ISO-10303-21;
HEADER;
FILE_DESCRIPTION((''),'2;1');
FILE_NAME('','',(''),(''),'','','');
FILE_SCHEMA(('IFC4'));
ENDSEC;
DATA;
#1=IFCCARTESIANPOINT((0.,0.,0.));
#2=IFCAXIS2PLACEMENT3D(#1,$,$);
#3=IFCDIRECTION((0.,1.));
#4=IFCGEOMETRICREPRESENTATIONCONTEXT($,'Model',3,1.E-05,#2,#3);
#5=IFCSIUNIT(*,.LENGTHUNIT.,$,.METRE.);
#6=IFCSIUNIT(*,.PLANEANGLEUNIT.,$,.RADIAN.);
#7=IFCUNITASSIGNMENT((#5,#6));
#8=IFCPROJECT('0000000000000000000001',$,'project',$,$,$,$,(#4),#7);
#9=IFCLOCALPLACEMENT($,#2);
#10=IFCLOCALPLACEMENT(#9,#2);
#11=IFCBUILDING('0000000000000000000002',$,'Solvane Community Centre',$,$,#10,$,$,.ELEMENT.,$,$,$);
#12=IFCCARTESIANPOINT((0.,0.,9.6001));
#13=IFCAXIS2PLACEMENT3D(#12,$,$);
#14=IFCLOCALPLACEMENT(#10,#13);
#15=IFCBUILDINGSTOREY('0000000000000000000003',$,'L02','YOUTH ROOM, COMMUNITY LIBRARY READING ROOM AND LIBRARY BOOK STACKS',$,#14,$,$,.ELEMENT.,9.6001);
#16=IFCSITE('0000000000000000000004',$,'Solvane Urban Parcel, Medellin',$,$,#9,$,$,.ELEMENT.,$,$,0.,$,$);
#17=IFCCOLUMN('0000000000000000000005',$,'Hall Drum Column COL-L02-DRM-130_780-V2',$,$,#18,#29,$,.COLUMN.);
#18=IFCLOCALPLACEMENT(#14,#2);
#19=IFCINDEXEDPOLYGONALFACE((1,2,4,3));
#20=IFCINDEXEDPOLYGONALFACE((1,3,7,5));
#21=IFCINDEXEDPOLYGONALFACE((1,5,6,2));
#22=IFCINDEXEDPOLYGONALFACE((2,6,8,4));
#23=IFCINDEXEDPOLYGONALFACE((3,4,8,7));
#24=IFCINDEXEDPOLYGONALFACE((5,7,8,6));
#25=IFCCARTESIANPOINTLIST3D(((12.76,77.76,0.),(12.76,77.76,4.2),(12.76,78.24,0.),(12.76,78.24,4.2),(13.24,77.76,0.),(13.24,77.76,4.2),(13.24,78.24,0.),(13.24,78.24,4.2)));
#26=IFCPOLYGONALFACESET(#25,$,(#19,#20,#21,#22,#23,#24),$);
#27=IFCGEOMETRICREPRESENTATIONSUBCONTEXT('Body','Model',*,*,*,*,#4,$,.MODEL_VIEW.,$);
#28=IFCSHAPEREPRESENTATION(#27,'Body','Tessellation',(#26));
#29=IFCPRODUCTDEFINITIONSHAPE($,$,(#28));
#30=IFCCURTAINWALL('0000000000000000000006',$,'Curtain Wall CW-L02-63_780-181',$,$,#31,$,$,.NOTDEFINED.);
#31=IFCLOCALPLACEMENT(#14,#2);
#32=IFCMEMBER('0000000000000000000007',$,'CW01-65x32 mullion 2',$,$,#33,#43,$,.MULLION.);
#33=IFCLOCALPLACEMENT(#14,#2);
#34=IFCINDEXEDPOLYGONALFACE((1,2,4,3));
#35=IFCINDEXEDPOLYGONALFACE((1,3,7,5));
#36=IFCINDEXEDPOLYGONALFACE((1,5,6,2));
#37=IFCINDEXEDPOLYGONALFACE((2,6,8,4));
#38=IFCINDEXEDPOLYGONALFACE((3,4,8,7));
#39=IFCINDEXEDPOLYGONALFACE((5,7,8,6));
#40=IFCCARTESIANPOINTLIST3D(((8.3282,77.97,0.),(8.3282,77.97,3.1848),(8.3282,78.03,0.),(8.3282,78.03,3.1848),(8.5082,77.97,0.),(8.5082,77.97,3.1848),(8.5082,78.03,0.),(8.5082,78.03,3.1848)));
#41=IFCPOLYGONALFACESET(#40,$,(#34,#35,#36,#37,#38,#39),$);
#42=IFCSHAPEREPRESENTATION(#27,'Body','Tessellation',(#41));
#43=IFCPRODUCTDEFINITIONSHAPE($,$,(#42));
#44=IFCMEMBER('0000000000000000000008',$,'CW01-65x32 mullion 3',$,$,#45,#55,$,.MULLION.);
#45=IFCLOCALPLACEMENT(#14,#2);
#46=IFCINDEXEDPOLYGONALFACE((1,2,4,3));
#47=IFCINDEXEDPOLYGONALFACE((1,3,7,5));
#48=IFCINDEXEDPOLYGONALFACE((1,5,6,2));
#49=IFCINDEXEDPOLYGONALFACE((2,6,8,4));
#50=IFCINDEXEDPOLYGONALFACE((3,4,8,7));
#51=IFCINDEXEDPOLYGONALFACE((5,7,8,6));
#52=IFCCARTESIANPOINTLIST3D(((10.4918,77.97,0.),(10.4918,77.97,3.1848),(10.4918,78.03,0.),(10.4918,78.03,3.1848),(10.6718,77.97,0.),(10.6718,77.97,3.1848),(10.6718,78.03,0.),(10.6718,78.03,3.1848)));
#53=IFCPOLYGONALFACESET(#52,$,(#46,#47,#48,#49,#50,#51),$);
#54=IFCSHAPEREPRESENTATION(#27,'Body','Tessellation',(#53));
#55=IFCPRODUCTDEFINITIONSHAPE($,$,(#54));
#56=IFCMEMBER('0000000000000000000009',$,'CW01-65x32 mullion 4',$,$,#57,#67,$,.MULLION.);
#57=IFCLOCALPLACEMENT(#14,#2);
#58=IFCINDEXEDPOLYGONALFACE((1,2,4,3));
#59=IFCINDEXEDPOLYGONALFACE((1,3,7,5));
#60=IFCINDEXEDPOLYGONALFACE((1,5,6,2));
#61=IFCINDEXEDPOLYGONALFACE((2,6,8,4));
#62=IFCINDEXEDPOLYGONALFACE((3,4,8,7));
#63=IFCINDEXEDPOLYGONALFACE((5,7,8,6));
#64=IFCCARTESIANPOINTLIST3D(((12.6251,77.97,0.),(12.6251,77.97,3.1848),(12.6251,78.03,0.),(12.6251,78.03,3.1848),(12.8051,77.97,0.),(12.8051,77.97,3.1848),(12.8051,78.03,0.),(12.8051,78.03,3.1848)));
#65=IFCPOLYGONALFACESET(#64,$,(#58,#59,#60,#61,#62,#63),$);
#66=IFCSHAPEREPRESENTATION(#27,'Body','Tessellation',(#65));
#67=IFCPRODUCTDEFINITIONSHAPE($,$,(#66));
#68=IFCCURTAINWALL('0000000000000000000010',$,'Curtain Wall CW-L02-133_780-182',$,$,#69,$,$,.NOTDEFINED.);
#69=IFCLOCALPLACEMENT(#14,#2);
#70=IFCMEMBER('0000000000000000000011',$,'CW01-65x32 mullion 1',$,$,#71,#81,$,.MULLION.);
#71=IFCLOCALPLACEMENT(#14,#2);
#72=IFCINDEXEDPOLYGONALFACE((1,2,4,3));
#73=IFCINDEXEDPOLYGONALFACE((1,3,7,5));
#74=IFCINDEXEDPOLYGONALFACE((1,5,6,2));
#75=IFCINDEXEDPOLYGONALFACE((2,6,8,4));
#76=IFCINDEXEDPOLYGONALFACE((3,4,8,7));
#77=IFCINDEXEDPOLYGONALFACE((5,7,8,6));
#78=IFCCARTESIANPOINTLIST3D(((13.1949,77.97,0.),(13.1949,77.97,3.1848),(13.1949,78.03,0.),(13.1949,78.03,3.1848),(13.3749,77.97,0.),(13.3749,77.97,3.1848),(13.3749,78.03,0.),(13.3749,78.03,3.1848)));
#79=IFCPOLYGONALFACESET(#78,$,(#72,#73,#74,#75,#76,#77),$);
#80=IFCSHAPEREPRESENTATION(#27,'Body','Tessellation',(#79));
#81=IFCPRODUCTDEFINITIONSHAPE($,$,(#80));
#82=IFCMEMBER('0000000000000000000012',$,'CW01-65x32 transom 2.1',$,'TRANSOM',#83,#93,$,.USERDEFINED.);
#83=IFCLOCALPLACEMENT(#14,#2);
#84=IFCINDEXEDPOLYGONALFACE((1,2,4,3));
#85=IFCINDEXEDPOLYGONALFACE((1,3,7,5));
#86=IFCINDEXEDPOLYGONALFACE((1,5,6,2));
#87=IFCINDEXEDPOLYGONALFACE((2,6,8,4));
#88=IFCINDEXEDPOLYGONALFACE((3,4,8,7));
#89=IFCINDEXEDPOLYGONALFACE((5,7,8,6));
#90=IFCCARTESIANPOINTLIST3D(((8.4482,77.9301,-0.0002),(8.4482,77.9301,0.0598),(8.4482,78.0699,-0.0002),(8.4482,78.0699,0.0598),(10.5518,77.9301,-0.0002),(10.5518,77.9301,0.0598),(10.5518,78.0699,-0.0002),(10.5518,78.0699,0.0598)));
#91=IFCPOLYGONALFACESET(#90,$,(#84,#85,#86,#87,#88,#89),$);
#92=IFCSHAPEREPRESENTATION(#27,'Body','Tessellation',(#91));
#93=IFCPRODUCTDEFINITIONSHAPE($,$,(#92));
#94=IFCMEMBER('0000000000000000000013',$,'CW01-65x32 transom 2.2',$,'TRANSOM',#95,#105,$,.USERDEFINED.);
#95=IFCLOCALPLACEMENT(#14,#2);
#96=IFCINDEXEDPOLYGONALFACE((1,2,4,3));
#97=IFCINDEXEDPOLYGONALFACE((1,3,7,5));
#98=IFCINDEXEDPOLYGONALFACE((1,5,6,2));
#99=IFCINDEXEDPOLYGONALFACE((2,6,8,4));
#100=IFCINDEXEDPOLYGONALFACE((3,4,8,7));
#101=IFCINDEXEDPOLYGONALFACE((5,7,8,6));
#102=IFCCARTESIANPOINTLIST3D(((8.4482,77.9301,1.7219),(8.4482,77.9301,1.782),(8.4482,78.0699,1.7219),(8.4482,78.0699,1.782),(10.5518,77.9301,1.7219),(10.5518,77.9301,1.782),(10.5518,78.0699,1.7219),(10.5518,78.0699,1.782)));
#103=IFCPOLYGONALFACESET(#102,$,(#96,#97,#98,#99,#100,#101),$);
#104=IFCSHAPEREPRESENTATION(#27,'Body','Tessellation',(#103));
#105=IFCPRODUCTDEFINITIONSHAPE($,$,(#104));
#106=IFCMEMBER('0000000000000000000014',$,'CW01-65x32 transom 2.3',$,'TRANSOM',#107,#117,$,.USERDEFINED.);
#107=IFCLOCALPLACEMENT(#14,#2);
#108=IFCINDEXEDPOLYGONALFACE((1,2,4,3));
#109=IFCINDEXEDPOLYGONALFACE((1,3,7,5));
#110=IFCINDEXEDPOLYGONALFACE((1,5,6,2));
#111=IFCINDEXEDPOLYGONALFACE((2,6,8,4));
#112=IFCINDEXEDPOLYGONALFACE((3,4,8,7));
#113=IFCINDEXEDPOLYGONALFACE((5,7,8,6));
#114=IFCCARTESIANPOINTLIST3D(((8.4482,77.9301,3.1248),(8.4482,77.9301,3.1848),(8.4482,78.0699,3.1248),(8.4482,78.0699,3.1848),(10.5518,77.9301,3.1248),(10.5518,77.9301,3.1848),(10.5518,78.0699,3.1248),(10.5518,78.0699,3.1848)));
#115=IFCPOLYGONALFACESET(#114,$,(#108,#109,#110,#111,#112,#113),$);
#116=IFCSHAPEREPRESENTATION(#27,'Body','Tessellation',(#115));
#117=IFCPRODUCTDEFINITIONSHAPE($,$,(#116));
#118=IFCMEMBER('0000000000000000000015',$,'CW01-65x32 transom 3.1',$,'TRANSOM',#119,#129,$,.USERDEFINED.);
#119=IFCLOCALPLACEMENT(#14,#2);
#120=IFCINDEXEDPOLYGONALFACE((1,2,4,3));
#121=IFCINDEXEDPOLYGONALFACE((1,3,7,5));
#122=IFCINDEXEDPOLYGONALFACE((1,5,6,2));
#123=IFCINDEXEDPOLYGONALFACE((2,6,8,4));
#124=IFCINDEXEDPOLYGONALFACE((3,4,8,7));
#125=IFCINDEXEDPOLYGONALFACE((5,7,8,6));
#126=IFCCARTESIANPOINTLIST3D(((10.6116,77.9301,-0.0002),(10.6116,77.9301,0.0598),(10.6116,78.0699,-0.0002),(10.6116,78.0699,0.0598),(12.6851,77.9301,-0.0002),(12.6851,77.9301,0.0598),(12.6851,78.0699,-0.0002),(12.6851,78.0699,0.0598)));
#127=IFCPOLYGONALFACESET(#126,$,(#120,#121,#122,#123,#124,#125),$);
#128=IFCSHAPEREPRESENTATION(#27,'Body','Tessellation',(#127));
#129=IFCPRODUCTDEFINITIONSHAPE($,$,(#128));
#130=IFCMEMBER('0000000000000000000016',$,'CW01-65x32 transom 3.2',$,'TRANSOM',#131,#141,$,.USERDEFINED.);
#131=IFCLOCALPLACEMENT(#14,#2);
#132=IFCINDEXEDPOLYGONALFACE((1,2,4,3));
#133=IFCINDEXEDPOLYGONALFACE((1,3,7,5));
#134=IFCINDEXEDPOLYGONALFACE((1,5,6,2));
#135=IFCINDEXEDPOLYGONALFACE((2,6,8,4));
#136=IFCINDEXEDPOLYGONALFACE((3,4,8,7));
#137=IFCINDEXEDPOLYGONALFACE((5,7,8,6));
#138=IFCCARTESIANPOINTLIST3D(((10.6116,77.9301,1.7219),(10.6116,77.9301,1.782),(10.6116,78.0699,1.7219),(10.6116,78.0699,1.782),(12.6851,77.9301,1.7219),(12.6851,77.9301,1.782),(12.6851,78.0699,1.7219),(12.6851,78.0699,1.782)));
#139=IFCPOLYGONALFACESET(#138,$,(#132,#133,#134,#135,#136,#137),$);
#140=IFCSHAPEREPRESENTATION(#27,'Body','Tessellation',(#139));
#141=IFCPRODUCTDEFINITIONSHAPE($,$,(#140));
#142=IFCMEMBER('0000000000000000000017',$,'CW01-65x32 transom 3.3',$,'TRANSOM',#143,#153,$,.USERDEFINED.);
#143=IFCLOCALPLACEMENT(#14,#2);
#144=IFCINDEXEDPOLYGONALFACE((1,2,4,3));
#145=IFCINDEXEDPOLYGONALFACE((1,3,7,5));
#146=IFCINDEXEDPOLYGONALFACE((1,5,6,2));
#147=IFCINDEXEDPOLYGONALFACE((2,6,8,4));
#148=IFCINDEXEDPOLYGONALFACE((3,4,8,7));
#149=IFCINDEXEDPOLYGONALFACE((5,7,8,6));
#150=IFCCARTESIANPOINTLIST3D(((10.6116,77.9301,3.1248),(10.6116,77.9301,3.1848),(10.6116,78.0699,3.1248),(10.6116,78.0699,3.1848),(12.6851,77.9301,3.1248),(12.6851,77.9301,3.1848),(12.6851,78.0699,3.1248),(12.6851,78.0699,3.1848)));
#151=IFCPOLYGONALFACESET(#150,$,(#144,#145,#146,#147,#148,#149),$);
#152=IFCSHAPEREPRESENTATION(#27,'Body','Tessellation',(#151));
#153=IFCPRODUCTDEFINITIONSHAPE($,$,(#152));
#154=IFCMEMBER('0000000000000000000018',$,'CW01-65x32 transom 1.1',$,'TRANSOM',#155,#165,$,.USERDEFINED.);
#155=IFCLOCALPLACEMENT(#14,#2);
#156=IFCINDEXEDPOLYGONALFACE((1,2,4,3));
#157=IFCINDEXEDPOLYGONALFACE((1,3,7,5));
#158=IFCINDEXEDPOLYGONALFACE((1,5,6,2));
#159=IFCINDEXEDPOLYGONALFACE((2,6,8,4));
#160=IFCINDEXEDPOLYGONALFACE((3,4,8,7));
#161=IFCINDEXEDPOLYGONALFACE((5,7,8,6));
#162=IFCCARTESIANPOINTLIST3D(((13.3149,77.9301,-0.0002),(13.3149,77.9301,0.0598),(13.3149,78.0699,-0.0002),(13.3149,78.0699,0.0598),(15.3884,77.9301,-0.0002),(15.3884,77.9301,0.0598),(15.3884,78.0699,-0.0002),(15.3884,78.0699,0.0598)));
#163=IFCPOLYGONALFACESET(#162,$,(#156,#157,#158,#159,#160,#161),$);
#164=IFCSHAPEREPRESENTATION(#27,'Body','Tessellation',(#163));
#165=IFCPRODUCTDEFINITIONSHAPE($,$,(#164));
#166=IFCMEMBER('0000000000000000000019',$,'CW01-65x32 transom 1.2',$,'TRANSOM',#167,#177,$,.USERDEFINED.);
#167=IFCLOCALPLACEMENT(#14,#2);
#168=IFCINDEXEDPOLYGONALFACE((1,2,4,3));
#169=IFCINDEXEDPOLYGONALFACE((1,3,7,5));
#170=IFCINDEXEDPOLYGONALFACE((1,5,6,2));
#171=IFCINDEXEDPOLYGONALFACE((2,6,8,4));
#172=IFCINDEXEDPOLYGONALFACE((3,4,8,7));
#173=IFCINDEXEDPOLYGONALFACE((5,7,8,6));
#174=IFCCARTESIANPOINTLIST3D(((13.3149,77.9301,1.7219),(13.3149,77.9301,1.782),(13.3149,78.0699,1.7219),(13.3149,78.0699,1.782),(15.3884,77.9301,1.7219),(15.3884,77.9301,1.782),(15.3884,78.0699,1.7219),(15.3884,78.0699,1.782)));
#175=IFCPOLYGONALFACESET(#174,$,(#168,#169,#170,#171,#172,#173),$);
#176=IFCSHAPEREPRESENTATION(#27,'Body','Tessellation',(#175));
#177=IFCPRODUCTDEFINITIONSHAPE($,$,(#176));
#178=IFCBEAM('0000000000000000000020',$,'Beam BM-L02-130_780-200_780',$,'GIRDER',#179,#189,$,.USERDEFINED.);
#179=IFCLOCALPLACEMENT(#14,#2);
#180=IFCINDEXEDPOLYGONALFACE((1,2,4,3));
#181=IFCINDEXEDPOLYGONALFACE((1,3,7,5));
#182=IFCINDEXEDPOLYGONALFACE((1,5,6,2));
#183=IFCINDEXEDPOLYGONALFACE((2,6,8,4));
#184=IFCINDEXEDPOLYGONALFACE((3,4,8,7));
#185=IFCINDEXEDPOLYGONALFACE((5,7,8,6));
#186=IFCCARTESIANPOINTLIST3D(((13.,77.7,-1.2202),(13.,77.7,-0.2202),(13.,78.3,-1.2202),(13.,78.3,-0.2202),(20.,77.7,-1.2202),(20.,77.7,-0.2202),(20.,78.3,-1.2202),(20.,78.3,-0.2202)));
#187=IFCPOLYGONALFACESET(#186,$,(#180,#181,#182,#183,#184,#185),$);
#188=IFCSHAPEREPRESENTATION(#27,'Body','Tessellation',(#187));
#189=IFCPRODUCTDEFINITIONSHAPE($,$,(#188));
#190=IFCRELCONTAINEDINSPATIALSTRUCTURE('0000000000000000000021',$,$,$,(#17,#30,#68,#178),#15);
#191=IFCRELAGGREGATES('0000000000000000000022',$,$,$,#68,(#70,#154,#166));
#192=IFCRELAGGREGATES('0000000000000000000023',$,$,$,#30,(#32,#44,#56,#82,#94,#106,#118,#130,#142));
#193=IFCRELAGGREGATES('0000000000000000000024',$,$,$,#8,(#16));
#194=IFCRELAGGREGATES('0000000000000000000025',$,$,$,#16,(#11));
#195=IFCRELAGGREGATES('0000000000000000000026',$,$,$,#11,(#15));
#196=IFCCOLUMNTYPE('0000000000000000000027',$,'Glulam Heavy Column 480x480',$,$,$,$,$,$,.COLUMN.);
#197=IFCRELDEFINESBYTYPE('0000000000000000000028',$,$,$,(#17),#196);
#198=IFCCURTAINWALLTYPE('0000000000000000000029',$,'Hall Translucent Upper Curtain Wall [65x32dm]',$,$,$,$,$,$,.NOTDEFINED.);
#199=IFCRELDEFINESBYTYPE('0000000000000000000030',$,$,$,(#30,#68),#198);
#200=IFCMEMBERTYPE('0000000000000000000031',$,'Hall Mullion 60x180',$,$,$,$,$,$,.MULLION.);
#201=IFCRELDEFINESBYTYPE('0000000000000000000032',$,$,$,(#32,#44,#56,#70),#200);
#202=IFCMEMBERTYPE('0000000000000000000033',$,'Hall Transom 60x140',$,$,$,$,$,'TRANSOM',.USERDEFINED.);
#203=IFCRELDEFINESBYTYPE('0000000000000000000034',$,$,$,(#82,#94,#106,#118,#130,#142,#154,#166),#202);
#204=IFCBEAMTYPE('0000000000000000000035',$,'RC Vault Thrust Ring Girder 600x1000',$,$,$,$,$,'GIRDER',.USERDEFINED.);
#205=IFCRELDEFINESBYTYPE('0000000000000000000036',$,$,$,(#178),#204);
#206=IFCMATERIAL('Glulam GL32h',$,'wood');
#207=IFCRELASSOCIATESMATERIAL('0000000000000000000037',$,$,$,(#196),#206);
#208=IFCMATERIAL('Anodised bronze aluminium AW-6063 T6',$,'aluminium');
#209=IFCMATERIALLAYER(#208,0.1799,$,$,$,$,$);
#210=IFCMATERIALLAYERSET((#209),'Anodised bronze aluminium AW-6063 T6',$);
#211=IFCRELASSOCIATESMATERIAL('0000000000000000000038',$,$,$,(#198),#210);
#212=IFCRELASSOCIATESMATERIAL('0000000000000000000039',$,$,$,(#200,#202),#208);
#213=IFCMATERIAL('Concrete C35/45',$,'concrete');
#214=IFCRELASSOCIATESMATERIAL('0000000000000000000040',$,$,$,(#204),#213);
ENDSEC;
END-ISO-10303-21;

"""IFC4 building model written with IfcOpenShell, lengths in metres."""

from ifc_helpers import new_model, si_unit, direction, frame, origin, origin_2d, place, context, subcontext, project, spatial, rectangle, extrude, material, layer, layer_set, material_profile, profile_set, type_object, element, aggregate, save


model = new_model("IFC4")

# Units and contexts
model_context = context("Model", 3, precision=1e-05, world=origin(), true_north=direction((0.0, 1.0)))
body_context = subcontext(model_context, "Body", "Model", "MODEL_VIEW")
ifc_project = project(units=[si_unit("LENGTHUNIT", "METRE"), si_unit("PLANEANGLEUNIT", "RADIAN")], contexts=[model_context])

# Site, building, storey
site_placement = place(None, origin())
site = spatial("IfcSite", under=ifc_project, at=site_placement, Name="Solvane Urban Parcel, Medellin", CompositionType="ELEMENT", RefElevation=0.0)
building_placement = place(site_placement, origin())
building = spatial("IfcBuilding", under=site, at=building_placement, Name="Solvane Community Centre", CompositionType="ELEMENT")
storey_placement = place(building_placement, frame((0.0, 0.0, 9.6001)))
storey = spatial("IfcBuildingStorey", under=building, at=storey_placement, Name="L02", Description="YOUTH ROOM, COMMUNITY LIBRARY READING ROOM AND LIBRARY BOOK STACKS", CompositionType="ELEMENT", Elevation=9.6001)

# Column
ifc_material_1 = material(Name="Glulam GL32h", Category="wood")
ifc_material_profile_1 = material_profile(ifc_material_1, rectangle(XDim=0.48, YDim=0.48, at=origin_2d()), Name="GL32h 480x480")
ifc_profile_set_1 = profile_set([ifc_material_profile_1], Name="Glulam GL32h")
column_type = type_object("IfcColumnType", Name="Glulam Heavy Column 480x480", PredefinedType="COLUMN", material=ifc_profile_set_1)
column_placement = place(storey_placement, frame((13.0, 78.0, 0.0), z_axis=(0.0, 0.0, 1.0), x_axis=(1.0, 0.0, 0.0)))
element("IfcColumn", 1, at=column_placement, inside=storey, type_object=column_type, Name="Hall Drum Column COL-L02-DRM-130_780-V2", PredefinedType="COLUMN", context=body_context, shape_type="SweptSolid", body=[
    extrude(rectangle(XDim=0.48, YDim=0.48, at=origin_2d()), origin(), (0.0, 0.0, 1.0), 4.2),
])

# Curtain wall, members
ifc_material_2 = material(Name="Anodised bronze aluminium AW-6063 T6", Category="aluminium")
ifc_layer_1 = layer(ifc_material_2, 0.1799)
ifc_layer_set_1 = layer_set([ifc_layer_1], Name="Anodised bronze aluminium AW-6063 T6")
curtain_wall_type = type_object("IfcCurtainWallType", Name="Hall Translucent Upper Curtain Wall [65x32dm]", PredefinedType="NOTDEFINED", material=ifc_layer_set_1)
curtain_wall_1_placement = place(storey_placement, origin())
curtain_wall_1 = element("IfcCurtainWall", 2, at=curtain_wall_1_placement, inside=storey, type_object=curtain_wall_type, Name="Curtain Wall CW-L02-63_780-181", PredefinedType="NOTDEFINED")
ifc_material_profile_2 = material_profile(ifc_material_2, rectangle(XDim=0.0601, YDim=0.1799, at=origin_2d()), Name="CW-M 60x180")
ifc_profile_set_2 = profile_set([ifc_material_profile_2], Name="Anodised bronze aluminium AW-6063 T6")
member_type_1 = type_object("IfcMemberType", Name="Hall Mullion 60x180", PredefinedType="MULLION", material=ifc_profile_set_2)
member_1_placement = place(storey_placement, frame((8.4182, 78.0, 0.0), z_axis=(0.0, 0.0, 1.0), x_axis=(0.0, 1.0, 0.0)))
member_1 = element("IfcMember", 3, at=member_1_placement, type_object=member_type_1, Name="CW01-65x32 mullion 2", PredefinedType="MULLION", context=body_context, shape_type="SweptSolid", body=[
    extrude(rectangle(XDim=0.0601, YDim=0.1799, at=origin_2d()), origin(), (0.0, 0.0, 1.0), 3.1848),
])
member_2_placement = place(storey_placement, frame((10.5818, 78.0, 0.0), z_axis=(0.0, 0.0, 1.0), x_axis=(0.0, 1.0, 0.0)))
member_2 = element("IfcMember", 4, at=member_2_placement, type_object=member_type_1, Name="CW01-65x32 mullion 3", PredefinedType="MULLION", context=body_context, shape_type="SweptSolid", body=[
    extrude(rectangle(XDim=0.0601, YDim=0.1799, at=origin_2d()), origin(), (0.0, 0.0, 1.0), 3.1848),
])
member_3_placement = place(storey_placement, frame((12.7151, 78.0, 0.0), z_axis=(0.0, 0.0, 1.0), x_axis=(0.0, 1.0, 0.0)))
member_3 = element("IfcMember", 5, at=member_3_placement, type_object=member_type_1, Name="CW01-65x32 mullion 4", PredefinedType="MULLION", context=body_context, shape_type="SweptSolid", body=[
    extrude(rectangle(XDim=0.0601, YDim=0.1799, at=origin_2d()), origin(), (0.0, 0.0, 1.0), 3.1848),
])

# Curtain wall, member
curtain_wall_2_placement = place(storey_placement, origin())
curtain_wall_2 = element("IfcCurtainWall", 6, at=curtain_wall_2_placement, inside=storey, type_object=curtain_wall_type, Name="Curtain Wall CW-L02-133_780-182", PredefinedType="NOTDEFINED")
member_4_placement = place(storey_placement, frame((13.2849, 78.0, 0.0), z_axis=(0.0, 0.0, 1.0), x_axis=(0.0, 1.0, 0.0)))
member_4 = element("IfcMember", 7, at=member_4_placement, type_object=member_type_1, Name="CW01-65x32 mullion 1", PredefinedType="MULLION", context=body_context, shape_type="SweptSolid", body=[
    extrude(rectangle(XDim=0.0601, YDim=0.1799, at=origin_2d()), origin(), (0.0, 0.0, 1.0), 3.1848),
])

# Members
ifc_material_profile_3 = material_profile(ifc_material_2, rectangle(XDim=0.1399, YDim=0.0601, at=origin_2d()), Name="CW-T 60x140")
ifc_profile_set_3 = profile_set([ifc_material_profile_3], Name="Anodised bronze aluminium AW-6063 T6")
member_type_2 = type_object("IfcMemberType", Name="Hall Transom 60x140", ElementType="TRANSOM", PredefinedType="USERDEFINED", material=ifc_profile_set_3)
member_5_placement = place(storey_placement, frame((8.4482, 78.0, 0.0298), z_axis=(1.0, 0.0, 0.0), x_axis=(0.0, 1.0, 0.0)))
member_5 = element("IfcMember", 8, at=member_5_placement, type_object=member_type_2, Name="CW01-65x32 transom 2.1", ObjectType="TRANSOM", PredefinedType="USERDEFINED", context=body_context, shape_type="SweptSolid", body=[
    extrude(rectangle(XDim=0.1399, YDim=0.0601, at=origin_2d()), origin(), (0.0, 0.0, 1.0), 2.1035),
])
member_6_placement = place(storey_placement, frame((8.4482, 78.0, 1.752), z_axis=(1.0, 0.0, 0.0), x_axis=(0.0, 1.0, 0.0)))
member_6 = element("IfcMember", 9, at=member_6_placement, type_object=member_type_2, Name="CW01-65x32 transom 2.2", ObjectType="TRANSOM", PredefinedType="USERDEFINED", context=body_context, shape_type="SweptSolid", body=[
    extrude(rectangle(XDim=0.1399, YDim=0.0601, at=origin_2d()), origin(), (0.0, 0.0, 1.0), 2.1035),
])
member_7_placement = place(storey_placement, frame((8.4482, 78.0, 3.1548), z_axis=(1.0, 0.0, 0.0), x_axis=(0.0, 1.0, 0.0)))
member_7 = element("IfcMember", 10, at=member_7_placement, type_object=member_type_2, Name="CW01-65x32 transom 2.3", ObjectType="TRANSOM", PredefinedType="USERDEFINED", context=body_context, shape_type="SweptSolid", body=[
    extrude(rectangle(XDim=0.1399, YDim=0.0601, at=origin_2d()), origin(), (0.0, 0.0, 1.0), 2.1035),
])
member_8_placement = place(storey_placement, frame((10.6116, 78.0, 0.0298), z_axis=(1.0, 0.0, 0.0), x_axis=(0.0, 1.0, 0.0)))
member_8 = element("IfcMember", 11, at=member_8_placement, type_object=member_type_2, Name="CW01-65x32 transom 3.1", ObjectType="TRANSOM", PredefinedType="USERDEFINED", context=body_context, shape_type="SweptSolid", body=[
    extrude(rectangle(XDim=0.1399, YDim=0.0601, at=origin_2d()), origin(), (0.0, 0.0, 1.0), 2.0735),
])
member_9_placement = place(storey_placement, frame((10.6116, 78.0, 1.752), z_axis=(1.0, 0.0, 0.0), x_axis=(0.0, 1.0, 0.0)))
member_9 = element("IfcMember", 12, at=member_9_placement, type_object=member_type_2, Name="CW01-65x32 transom 3.2", ObjectType="TRANSOM", PredefinedType="USERDEFINED", context=body_context, shape_type="SweptSolid", body=[
    extrude(rectangle(XDim=0.1399, YDim=0.0601, at=origin_2d()), origin(), (0.0, 0.0, 1.0), 2.0735),
])
member_10_placement = place(storey_placement, frame((10.6116, 78.0, 3.1548), z_axis=(1.0, 0.0, 0.0), x_axis=(0.0, 1.0, 0.0)))
member_10 = element("IfcMember", 13, at=member_10_placement, type_object=member_type_2, Name="CW01-65x32 transom 3.3", ObjectType="TRANSOM", PredefinedType="USERDEFINED", context=body_context, shape_type="SweptSolid", body=[
    extrude(rectangle(XDim=0.1399, YDim=0.0601, at=origin_2d()), origin(), (0.0, 0.0, 1.0), 2.0735),
])
member_11_placement = place(storey_placement, frame((13.3149, 78.0, 0.0298), z_axis=(1.0, 0.0, 0.0), x_axis=(0.0, 1.0, 0.0)))
member_11 = element("IfcMember", 14, at=member_11_placement, type_object=member_type_2, Name="CW01-65x32 transom 1.1", ObjectType="TRANSOM", PredefinedType="USERDEFINED", context=body_context, shape_type="SweptSolid", body=[
    extrude(rectangle(XDim=0.1399, YDim=0.0601, at=origin_2d()), origin(), (0.0, 0.0, 1.0), 2.0735),
])
member_12_placement = place(storey_placement, frame((13.3149, 78.0, 1.752), z_axis=(1.0, 0.0, 0.0), x_axis=(0.0, 1.0, 0.0)))
member_12 = element("IfcMember", 15, at=member_12_placement, type_object=member_type_2, Name="CW01-65x32 transom 1.2", ObjectType="TRANSOM", PredefinedType="USERDEFINED", context=body_context, shape_type="SweptSolid", body=[
    extrude(rectangle(XDim=0.1399, YDim=0.0601, at=origin_2d()), origin(), (0.0, 0.0, 1.0), 2.0735),
])
aggregate(curtain_wall_2, [member_4, member_11, member_12])

# Beam
ifc_material_3 = material(Name="Concrete C35/45", Category="concrete")
ifc_material_profile_4 = material_profile(ifc_material_3, rectangle(XDim=0.6001, YDim=1.0, at=origin_2d()), Name="RC 600x1000")
ifc_profile_set_4 = profile_set([ifc_material_profile_4], Name="Concrete C35/45")
beam_type = type_object("IfcBeamType", Name="RC Vault Thrust Ring Girder 600x1000", ElementType="GIRDER", PredefinedType="USERDEFINED", material=ifc_profile_set_4)
for number, where, z_axis, x_axis, name in (
    (16, (13.0, 78.0, -0.7202), (1.0, 0.0, 0.0), (0.0, 1.0, 0.0), "Beam BM-L02-130_780-200_780"),
):
    element("IfcBeam", number, at=place(storey_placement, frame(where, z_axis=z_axis, x_axis=x_axis)), inside=storey, type_object=beam_type, Name=name, ObjectType="GIRDER", PredefinedType="USERDEFINED", context=body_context, shape_type="SweptSolid", body=[
        extrude(rectangle(XDim=0.6001, YDim=1.0, at=origin_2d()), origin(), (0.0, 0.0, 1.0), 7.0),
    ])

aggregate(curtain_wall_1, [member_1, member_2, member_3, member_5, member_6, member_7, member_8, member_9, member_10])

save(model, "model.ifc")
